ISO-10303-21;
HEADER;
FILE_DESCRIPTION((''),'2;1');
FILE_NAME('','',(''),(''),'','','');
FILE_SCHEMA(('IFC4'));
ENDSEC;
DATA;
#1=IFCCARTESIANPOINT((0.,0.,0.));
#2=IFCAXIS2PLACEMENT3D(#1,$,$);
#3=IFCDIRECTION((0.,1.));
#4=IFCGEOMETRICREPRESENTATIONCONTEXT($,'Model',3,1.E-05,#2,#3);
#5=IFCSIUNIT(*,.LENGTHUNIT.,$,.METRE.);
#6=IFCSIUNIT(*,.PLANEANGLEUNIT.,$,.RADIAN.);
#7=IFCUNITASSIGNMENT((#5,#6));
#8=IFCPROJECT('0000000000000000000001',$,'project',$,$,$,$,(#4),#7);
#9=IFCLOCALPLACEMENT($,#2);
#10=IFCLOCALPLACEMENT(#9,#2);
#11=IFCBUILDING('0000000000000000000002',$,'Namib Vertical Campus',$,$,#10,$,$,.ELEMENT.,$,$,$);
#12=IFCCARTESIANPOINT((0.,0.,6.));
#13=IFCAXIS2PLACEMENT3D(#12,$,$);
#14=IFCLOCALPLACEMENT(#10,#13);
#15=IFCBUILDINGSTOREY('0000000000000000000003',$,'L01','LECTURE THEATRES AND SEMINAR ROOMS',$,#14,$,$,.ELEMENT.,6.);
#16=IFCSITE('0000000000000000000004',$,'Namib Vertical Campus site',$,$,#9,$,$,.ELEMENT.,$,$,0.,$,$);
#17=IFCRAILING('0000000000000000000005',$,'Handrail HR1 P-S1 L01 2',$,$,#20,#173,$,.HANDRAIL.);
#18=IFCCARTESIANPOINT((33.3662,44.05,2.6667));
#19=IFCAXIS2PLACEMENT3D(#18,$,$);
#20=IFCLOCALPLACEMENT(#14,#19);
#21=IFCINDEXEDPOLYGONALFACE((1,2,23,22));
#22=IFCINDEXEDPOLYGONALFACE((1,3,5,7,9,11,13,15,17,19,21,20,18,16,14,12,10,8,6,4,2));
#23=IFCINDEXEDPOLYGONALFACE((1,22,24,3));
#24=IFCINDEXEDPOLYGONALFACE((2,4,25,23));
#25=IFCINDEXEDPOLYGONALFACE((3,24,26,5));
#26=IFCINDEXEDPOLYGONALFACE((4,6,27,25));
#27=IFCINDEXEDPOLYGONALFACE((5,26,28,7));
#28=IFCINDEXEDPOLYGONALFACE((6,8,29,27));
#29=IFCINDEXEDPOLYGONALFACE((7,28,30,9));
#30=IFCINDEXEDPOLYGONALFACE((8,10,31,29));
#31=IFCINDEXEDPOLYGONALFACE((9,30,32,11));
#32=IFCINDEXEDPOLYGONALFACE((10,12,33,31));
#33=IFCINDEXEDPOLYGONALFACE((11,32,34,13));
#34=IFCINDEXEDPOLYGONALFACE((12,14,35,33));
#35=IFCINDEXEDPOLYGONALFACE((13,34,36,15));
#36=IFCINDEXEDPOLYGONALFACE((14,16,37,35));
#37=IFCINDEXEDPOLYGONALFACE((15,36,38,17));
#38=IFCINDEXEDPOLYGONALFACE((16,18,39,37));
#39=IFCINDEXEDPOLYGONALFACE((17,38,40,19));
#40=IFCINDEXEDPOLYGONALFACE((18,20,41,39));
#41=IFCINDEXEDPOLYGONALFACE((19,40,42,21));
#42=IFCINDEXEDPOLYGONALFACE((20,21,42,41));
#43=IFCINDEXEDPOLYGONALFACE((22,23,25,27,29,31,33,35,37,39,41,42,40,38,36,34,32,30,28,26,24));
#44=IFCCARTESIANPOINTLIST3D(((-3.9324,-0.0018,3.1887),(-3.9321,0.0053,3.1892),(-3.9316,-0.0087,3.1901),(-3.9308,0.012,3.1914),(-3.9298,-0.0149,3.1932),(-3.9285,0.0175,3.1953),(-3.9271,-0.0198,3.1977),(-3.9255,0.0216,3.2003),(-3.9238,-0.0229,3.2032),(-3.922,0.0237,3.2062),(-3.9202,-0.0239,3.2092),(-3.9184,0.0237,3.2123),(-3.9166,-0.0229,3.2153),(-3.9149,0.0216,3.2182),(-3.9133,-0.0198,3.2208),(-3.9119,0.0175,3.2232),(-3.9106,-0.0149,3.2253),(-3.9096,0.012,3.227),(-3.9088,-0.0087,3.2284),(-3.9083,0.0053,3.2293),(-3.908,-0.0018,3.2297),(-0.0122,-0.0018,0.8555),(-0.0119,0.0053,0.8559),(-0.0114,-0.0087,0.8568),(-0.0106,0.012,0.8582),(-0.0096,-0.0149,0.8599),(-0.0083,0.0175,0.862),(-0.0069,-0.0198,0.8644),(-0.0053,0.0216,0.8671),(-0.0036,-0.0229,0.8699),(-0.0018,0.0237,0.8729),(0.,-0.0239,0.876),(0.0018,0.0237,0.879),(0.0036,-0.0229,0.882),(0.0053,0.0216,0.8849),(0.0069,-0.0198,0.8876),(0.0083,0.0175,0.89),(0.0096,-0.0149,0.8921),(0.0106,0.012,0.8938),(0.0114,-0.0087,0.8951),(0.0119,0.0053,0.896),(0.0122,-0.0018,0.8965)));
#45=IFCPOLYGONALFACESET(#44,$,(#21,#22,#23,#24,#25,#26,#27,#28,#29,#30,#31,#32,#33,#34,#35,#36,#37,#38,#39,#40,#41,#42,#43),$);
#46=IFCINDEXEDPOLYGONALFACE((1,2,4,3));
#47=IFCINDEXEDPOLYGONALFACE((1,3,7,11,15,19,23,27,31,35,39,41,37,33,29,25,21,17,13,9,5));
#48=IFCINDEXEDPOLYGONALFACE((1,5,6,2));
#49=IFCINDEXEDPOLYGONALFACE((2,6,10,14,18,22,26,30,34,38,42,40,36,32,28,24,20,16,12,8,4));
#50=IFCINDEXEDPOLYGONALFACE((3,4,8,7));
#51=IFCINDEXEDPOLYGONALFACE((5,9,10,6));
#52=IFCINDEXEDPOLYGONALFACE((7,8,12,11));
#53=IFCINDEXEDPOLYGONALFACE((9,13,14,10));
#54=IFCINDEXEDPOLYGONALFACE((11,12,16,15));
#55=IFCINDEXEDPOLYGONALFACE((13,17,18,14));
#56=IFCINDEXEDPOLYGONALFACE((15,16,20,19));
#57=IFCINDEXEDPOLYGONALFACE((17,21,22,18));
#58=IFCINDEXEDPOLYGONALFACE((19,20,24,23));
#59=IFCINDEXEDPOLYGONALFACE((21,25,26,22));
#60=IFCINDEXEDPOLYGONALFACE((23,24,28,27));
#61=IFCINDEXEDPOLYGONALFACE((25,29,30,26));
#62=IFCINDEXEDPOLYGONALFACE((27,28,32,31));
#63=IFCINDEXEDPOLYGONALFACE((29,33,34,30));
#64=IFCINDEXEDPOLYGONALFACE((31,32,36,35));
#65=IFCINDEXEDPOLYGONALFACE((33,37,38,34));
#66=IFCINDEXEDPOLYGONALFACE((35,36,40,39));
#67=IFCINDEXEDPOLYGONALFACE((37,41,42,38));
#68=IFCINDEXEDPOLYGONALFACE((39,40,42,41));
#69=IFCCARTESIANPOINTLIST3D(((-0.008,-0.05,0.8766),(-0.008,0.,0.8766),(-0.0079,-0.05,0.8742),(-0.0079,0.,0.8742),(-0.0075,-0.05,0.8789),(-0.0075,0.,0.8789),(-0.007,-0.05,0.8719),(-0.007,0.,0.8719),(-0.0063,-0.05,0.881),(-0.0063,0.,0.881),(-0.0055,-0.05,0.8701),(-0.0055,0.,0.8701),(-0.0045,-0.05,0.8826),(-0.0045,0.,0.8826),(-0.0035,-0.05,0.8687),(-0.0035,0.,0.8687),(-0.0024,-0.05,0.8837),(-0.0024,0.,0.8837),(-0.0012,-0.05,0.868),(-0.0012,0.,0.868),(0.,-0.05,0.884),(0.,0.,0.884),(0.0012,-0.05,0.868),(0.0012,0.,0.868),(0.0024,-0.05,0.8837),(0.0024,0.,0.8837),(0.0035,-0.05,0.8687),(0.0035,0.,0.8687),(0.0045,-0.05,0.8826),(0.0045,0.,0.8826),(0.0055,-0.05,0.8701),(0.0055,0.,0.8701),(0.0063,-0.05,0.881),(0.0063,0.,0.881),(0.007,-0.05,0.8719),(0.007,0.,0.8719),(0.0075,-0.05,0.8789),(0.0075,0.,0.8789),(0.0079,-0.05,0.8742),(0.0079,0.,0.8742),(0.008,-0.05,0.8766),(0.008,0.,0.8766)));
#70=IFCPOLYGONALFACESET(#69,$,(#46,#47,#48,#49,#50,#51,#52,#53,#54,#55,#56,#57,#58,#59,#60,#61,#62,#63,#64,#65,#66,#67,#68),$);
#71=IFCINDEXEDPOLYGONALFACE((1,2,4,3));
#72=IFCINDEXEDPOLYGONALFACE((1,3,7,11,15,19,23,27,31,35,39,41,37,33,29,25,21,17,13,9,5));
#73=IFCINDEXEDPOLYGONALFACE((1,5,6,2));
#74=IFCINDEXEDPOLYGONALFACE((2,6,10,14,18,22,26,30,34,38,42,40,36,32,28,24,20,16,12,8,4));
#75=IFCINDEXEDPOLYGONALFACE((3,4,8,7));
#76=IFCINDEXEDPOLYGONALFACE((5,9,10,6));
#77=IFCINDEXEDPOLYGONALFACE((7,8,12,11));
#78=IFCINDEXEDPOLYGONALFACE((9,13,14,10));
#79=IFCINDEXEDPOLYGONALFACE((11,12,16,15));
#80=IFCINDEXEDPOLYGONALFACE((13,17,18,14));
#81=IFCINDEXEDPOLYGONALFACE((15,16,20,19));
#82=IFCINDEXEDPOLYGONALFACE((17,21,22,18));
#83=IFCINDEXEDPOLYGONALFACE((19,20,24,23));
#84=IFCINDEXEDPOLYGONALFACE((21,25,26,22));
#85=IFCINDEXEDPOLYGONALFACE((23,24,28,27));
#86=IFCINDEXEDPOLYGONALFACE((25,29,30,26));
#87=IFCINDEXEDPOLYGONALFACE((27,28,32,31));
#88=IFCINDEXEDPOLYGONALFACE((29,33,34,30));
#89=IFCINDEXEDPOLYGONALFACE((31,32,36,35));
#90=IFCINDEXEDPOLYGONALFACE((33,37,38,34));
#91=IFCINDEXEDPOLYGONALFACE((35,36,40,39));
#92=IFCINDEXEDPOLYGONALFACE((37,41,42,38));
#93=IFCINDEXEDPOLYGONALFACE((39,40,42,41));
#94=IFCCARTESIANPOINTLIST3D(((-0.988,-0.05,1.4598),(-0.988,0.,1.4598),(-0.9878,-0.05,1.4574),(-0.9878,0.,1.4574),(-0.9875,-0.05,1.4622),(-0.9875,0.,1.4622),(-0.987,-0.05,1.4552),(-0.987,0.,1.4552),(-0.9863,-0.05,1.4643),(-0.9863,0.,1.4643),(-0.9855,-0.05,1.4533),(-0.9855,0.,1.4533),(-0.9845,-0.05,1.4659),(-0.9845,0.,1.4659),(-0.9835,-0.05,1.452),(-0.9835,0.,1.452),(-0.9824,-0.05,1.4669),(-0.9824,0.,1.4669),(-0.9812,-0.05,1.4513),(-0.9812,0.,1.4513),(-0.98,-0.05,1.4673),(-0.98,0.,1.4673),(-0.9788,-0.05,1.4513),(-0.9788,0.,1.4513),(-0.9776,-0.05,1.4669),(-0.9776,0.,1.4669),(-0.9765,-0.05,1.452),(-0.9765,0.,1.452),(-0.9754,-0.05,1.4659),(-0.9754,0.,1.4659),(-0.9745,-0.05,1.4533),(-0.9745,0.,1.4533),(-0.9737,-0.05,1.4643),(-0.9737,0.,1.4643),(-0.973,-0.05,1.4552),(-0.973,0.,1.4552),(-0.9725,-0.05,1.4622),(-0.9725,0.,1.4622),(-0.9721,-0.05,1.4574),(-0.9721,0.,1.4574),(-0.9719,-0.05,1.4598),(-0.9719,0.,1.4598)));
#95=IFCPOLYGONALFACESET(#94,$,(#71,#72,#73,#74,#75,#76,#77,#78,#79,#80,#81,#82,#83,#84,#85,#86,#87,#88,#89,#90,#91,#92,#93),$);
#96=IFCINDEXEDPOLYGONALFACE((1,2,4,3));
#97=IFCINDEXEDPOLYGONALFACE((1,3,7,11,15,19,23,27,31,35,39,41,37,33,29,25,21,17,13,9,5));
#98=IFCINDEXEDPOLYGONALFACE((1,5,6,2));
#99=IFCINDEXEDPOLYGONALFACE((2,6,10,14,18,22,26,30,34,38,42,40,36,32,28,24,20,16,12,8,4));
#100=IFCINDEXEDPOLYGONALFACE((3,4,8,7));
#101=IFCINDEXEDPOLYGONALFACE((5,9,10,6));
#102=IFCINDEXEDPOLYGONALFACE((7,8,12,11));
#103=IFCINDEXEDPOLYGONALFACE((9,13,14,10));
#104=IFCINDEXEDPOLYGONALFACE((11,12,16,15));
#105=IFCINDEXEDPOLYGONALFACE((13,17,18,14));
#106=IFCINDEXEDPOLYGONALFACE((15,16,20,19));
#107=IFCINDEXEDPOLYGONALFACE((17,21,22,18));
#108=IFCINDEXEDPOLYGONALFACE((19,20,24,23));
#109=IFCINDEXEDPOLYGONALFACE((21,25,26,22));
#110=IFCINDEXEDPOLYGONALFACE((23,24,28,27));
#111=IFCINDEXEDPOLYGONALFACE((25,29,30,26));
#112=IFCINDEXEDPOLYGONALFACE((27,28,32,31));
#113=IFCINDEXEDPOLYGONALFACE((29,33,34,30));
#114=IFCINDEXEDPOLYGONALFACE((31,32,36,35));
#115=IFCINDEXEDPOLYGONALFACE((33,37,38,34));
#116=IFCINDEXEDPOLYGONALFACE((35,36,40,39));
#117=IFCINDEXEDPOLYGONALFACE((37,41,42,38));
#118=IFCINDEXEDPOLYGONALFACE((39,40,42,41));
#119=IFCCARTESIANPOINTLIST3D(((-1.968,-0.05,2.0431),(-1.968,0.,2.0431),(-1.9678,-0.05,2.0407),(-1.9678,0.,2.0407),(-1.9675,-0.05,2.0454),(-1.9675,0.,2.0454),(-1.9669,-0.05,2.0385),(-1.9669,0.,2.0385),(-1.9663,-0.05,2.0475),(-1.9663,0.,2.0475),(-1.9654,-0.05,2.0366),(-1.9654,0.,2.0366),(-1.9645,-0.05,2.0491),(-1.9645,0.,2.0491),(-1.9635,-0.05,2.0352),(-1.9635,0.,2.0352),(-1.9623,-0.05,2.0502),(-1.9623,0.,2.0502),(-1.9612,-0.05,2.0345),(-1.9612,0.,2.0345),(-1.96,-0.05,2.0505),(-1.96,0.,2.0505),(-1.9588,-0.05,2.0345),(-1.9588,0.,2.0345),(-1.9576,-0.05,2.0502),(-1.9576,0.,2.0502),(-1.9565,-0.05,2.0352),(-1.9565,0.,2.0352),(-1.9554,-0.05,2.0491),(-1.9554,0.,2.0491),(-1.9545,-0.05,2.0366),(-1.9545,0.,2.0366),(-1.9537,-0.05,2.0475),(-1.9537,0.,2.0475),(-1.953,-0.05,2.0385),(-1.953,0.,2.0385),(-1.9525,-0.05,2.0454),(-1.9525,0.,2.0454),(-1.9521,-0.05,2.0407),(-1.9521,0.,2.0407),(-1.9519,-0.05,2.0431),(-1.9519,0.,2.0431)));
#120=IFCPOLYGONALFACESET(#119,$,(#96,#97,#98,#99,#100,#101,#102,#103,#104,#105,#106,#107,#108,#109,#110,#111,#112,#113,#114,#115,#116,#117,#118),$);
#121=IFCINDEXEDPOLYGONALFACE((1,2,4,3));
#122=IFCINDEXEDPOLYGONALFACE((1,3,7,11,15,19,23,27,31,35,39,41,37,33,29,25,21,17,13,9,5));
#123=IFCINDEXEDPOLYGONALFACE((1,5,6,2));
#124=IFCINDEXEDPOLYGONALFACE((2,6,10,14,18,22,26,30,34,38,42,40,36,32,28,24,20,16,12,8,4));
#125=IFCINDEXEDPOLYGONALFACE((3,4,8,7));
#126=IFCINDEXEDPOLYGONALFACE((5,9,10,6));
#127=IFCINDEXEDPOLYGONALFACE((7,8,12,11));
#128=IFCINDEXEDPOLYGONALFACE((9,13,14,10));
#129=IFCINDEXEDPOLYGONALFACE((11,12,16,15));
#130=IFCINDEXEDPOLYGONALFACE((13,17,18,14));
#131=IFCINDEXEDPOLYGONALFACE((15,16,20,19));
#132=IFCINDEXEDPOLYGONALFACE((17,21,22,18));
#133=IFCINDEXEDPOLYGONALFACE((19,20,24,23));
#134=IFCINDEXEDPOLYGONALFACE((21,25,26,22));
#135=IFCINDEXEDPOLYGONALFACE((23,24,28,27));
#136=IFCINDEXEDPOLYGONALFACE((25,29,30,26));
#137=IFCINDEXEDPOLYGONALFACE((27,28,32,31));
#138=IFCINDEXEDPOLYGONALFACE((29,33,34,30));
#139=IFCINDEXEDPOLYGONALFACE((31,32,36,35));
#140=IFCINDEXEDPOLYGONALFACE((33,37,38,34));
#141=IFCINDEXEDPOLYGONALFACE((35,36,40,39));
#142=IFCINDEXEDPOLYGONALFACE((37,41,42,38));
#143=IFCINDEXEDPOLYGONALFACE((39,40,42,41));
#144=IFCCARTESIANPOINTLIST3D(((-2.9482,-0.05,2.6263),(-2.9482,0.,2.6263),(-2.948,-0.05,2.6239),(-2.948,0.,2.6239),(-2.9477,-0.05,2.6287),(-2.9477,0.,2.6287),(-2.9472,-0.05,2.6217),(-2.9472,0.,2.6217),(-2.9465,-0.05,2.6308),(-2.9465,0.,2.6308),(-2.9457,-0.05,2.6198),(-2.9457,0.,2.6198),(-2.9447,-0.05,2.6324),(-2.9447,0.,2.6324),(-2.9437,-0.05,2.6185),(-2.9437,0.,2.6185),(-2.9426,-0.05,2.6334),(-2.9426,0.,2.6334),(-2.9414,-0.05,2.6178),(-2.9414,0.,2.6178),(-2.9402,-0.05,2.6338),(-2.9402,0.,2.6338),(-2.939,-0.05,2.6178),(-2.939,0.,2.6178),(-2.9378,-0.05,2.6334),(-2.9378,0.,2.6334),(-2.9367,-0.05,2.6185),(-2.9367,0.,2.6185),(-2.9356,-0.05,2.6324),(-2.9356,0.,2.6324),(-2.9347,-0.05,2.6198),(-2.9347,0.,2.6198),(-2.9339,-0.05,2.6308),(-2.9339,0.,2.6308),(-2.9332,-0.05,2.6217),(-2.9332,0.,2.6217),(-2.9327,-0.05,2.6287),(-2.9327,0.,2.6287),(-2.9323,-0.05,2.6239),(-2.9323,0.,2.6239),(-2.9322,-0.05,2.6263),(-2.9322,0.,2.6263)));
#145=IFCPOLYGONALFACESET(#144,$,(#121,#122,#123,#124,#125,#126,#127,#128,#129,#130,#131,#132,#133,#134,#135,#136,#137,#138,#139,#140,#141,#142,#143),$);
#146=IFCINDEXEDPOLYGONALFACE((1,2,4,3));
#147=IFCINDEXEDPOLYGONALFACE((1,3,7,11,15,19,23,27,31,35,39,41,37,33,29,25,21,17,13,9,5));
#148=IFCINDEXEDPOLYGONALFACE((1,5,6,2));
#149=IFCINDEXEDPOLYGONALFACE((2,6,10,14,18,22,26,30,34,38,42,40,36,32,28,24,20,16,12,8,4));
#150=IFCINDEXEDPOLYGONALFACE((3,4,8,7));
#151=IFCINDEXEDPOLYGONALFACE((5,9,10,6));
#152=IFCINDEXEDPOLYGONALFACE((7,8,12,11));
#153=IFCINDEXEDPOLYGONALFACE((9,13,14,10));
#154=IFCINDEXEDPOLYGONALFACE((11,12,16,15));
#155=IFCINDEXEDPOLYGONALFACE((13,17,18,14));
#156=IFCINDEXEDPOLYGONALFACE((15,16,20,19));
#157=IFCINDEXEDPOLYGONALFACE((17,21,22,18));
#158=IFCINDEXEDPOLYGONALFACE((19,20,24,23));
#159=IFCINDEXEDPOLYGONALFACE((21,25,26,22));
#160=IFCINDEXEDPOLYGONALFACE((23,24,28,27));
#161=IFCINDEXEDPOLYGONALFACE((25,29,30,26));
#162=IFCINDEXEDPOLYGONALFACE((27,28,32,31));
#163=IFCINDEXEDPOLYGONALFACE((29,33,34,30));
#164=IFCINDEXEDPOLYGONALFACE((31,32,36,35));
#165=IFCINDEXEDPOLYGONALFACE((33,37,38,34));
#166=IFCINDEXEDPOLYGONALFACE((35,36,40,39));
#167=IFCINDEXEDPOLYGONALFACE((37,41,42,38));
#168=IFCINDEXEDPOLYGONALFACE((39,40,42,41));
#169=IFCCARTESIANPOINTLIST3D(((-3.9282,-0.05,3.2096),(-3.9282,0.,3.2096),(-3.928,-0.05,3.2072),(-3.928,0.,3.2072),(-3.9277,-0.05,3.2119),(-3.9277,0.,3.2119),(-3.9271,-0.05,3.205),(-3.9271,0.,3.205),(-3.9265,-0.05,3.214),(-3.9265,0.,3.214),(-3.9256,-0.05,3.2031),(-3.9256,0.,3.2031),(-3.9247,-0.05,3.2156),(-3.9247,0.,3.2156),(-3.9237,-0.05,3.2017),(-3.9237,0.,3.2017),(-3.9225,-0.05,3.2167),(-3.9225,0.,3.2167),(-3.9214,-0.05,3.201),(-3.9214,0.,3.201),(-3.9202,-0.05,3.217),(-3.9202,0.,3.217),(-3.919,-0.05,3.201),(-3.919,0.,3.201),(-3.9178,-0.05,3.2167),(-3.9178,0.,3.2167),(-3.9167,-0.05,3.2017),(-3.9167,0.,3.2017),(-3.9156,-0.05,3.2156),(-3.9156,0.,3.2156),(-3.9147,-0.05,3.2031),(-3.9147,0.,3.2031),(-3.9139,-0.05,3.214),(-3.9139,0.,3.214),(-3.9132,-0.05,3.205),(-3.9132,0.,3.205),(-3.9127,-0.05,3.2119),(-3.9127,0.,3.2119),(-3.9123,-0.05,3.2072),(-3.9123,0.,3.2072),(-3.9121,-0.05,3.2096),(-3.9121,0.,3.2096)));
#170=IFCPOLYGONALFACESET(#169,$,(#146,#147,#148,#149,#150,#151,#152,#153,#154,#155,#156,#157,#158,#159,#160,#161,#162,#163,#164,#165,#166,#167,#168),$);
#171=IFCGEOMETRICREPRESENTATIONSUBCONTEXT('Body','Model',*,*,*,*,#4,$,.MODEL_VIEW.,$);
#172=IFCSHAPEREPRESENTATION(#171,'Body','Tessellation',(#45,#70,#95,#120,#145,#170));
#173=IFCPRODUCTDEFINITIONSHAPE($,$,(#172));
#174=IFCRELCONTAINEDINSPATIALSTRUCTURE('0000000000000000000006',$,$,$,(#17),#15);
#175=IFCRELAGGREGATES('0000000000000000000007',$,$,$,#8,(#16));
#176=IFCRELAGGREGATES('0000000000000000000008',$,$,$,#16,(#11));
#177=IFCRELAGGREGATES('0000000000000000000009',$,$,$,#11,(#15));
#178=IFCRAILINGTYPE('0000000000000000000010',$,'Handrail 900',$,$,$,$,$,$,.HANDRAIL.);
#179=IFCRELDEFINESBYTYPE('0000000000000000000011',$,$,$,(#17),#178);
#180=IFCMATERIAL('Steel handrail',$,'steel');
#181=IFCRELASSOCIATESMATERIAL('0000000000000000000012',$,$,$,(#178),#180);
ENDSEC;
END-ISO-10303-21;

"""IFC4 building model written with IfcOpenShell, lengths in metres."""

from ifc_helpers import new_model, si_unit, direction, frame, origin, origin_2d, place, context, subcontext, project, spatial, circle, extrude, material, type_object, element, save


model = new_model("IFC4")

# Units and contexts
model_context = context("Model", 3, precision=1e-05, world=origin(), true_north=direction((0.0, 1.0)))
body_context = subcontext(model_context, "Body", "Model", "MODEL_VIEW")
ifc_project = project(units=[si_unit("LENGTHUNIT", "METRE"), si_unit("PLANEANGLEUNIT", "RADIAN")], contexts=[model_context])

# Site, building, storey
site_placement = place(None, origin())
site = spatial("IfcSite", under=ifc_project, at=site_placement, Name="Namib Vertical Campus site", CompositionType="ELEMENT", RefElevation=0.0)
building_placement = place(site_placement, origin())
building = spatial("IfcBuilding", under=site, at=building_placement, Name="Namib Vertical Campus", CompositionType="ELEMENT")
storey_placement = place(building_placement, frame((0.0, 0.0, 6.0)))
storey = spatial("IfcBuildingStorey", under=building, at=storey_placement, Name="L01", Description="LECTURE THEATRES AND SEMINAR ROOMS", CompositionType="ELEMENT", Elevation=6.0)

# Railing
ifc_material_1 = material(Name="Steel handrail", Category="steel")
railing_type_1 = type_object("IfcRailingType", Name="Handrail 900", PredefinedType="HANDRAIL", material=ifc_material_1)
railing_1_placement = place(storey_placement, frame((33.3662, 44.05, 2.6667)))
element("IfcRailing", 1, at=railing_1_placement, inside=storey, type_object=railing_type_1, Name="Handrail HR1 P-S1 L01 2", PredefinedType="HANDRAIL", context=body_context, shape_type="SweptSolid", body=[
    extrude(circle(Radius=0.0239, at=origin_2d()), frame((0.0, 0.0, 0.876), z_axis=(-0.85931, 0.0, 0.511455), x_axis=(0.0, -1.0, 0.0)), (0.0, 0.0, 1.0), 4.562),
    extrude(circle(Radius=0.0081, at=origin_2d()), frame((0.0, 0.0, 0.876), z_axis=(0.0, -1.0, 0.0), x_axis=(0.0, 0.0, 1.0)), (0.0, 0.0, 1.0), 0.05),
    extrude(circle(Radius=0.0081, at=origin_2d()), frame((-0.98, 0.0, 1.4592), z_axis=(0.0, -1.0, 0.0), x_axis=(0.0, 0.0, 1.0)), (0.0, 0.0, 1.0), 0.05),
    extrude(circle(Radius=0.0081, at=origin_2d()), frame((-1.96, 0.0, 2.0425), z_axis=(0.0, -1.0, 0.0), x_axis=(0.0, 0.0, 1.0)), (0.0, 0.0, 1.0), 0.05),
    extrude(circle(Radius=0.0081, at=origin_2d()), frame((-2.9402, 0.0, 2.6257), z_axis=(0.0, -1.0, 0.0), x_axis=(0.0, 0.0, 1.0)), (0.0, 0.0, 1.0), 0.05),
    extrude(circle(Radius=0.0081, at=origin_2d()), frame((-3.9202, 0.0, 3.209), z_axis=(0.0, -1.0, 0.0), x_axis=(0.0, 0.0, 1.0)), (0.0, 0.0, 1.0), 0.05),
])

save(model, "model.ifc")
